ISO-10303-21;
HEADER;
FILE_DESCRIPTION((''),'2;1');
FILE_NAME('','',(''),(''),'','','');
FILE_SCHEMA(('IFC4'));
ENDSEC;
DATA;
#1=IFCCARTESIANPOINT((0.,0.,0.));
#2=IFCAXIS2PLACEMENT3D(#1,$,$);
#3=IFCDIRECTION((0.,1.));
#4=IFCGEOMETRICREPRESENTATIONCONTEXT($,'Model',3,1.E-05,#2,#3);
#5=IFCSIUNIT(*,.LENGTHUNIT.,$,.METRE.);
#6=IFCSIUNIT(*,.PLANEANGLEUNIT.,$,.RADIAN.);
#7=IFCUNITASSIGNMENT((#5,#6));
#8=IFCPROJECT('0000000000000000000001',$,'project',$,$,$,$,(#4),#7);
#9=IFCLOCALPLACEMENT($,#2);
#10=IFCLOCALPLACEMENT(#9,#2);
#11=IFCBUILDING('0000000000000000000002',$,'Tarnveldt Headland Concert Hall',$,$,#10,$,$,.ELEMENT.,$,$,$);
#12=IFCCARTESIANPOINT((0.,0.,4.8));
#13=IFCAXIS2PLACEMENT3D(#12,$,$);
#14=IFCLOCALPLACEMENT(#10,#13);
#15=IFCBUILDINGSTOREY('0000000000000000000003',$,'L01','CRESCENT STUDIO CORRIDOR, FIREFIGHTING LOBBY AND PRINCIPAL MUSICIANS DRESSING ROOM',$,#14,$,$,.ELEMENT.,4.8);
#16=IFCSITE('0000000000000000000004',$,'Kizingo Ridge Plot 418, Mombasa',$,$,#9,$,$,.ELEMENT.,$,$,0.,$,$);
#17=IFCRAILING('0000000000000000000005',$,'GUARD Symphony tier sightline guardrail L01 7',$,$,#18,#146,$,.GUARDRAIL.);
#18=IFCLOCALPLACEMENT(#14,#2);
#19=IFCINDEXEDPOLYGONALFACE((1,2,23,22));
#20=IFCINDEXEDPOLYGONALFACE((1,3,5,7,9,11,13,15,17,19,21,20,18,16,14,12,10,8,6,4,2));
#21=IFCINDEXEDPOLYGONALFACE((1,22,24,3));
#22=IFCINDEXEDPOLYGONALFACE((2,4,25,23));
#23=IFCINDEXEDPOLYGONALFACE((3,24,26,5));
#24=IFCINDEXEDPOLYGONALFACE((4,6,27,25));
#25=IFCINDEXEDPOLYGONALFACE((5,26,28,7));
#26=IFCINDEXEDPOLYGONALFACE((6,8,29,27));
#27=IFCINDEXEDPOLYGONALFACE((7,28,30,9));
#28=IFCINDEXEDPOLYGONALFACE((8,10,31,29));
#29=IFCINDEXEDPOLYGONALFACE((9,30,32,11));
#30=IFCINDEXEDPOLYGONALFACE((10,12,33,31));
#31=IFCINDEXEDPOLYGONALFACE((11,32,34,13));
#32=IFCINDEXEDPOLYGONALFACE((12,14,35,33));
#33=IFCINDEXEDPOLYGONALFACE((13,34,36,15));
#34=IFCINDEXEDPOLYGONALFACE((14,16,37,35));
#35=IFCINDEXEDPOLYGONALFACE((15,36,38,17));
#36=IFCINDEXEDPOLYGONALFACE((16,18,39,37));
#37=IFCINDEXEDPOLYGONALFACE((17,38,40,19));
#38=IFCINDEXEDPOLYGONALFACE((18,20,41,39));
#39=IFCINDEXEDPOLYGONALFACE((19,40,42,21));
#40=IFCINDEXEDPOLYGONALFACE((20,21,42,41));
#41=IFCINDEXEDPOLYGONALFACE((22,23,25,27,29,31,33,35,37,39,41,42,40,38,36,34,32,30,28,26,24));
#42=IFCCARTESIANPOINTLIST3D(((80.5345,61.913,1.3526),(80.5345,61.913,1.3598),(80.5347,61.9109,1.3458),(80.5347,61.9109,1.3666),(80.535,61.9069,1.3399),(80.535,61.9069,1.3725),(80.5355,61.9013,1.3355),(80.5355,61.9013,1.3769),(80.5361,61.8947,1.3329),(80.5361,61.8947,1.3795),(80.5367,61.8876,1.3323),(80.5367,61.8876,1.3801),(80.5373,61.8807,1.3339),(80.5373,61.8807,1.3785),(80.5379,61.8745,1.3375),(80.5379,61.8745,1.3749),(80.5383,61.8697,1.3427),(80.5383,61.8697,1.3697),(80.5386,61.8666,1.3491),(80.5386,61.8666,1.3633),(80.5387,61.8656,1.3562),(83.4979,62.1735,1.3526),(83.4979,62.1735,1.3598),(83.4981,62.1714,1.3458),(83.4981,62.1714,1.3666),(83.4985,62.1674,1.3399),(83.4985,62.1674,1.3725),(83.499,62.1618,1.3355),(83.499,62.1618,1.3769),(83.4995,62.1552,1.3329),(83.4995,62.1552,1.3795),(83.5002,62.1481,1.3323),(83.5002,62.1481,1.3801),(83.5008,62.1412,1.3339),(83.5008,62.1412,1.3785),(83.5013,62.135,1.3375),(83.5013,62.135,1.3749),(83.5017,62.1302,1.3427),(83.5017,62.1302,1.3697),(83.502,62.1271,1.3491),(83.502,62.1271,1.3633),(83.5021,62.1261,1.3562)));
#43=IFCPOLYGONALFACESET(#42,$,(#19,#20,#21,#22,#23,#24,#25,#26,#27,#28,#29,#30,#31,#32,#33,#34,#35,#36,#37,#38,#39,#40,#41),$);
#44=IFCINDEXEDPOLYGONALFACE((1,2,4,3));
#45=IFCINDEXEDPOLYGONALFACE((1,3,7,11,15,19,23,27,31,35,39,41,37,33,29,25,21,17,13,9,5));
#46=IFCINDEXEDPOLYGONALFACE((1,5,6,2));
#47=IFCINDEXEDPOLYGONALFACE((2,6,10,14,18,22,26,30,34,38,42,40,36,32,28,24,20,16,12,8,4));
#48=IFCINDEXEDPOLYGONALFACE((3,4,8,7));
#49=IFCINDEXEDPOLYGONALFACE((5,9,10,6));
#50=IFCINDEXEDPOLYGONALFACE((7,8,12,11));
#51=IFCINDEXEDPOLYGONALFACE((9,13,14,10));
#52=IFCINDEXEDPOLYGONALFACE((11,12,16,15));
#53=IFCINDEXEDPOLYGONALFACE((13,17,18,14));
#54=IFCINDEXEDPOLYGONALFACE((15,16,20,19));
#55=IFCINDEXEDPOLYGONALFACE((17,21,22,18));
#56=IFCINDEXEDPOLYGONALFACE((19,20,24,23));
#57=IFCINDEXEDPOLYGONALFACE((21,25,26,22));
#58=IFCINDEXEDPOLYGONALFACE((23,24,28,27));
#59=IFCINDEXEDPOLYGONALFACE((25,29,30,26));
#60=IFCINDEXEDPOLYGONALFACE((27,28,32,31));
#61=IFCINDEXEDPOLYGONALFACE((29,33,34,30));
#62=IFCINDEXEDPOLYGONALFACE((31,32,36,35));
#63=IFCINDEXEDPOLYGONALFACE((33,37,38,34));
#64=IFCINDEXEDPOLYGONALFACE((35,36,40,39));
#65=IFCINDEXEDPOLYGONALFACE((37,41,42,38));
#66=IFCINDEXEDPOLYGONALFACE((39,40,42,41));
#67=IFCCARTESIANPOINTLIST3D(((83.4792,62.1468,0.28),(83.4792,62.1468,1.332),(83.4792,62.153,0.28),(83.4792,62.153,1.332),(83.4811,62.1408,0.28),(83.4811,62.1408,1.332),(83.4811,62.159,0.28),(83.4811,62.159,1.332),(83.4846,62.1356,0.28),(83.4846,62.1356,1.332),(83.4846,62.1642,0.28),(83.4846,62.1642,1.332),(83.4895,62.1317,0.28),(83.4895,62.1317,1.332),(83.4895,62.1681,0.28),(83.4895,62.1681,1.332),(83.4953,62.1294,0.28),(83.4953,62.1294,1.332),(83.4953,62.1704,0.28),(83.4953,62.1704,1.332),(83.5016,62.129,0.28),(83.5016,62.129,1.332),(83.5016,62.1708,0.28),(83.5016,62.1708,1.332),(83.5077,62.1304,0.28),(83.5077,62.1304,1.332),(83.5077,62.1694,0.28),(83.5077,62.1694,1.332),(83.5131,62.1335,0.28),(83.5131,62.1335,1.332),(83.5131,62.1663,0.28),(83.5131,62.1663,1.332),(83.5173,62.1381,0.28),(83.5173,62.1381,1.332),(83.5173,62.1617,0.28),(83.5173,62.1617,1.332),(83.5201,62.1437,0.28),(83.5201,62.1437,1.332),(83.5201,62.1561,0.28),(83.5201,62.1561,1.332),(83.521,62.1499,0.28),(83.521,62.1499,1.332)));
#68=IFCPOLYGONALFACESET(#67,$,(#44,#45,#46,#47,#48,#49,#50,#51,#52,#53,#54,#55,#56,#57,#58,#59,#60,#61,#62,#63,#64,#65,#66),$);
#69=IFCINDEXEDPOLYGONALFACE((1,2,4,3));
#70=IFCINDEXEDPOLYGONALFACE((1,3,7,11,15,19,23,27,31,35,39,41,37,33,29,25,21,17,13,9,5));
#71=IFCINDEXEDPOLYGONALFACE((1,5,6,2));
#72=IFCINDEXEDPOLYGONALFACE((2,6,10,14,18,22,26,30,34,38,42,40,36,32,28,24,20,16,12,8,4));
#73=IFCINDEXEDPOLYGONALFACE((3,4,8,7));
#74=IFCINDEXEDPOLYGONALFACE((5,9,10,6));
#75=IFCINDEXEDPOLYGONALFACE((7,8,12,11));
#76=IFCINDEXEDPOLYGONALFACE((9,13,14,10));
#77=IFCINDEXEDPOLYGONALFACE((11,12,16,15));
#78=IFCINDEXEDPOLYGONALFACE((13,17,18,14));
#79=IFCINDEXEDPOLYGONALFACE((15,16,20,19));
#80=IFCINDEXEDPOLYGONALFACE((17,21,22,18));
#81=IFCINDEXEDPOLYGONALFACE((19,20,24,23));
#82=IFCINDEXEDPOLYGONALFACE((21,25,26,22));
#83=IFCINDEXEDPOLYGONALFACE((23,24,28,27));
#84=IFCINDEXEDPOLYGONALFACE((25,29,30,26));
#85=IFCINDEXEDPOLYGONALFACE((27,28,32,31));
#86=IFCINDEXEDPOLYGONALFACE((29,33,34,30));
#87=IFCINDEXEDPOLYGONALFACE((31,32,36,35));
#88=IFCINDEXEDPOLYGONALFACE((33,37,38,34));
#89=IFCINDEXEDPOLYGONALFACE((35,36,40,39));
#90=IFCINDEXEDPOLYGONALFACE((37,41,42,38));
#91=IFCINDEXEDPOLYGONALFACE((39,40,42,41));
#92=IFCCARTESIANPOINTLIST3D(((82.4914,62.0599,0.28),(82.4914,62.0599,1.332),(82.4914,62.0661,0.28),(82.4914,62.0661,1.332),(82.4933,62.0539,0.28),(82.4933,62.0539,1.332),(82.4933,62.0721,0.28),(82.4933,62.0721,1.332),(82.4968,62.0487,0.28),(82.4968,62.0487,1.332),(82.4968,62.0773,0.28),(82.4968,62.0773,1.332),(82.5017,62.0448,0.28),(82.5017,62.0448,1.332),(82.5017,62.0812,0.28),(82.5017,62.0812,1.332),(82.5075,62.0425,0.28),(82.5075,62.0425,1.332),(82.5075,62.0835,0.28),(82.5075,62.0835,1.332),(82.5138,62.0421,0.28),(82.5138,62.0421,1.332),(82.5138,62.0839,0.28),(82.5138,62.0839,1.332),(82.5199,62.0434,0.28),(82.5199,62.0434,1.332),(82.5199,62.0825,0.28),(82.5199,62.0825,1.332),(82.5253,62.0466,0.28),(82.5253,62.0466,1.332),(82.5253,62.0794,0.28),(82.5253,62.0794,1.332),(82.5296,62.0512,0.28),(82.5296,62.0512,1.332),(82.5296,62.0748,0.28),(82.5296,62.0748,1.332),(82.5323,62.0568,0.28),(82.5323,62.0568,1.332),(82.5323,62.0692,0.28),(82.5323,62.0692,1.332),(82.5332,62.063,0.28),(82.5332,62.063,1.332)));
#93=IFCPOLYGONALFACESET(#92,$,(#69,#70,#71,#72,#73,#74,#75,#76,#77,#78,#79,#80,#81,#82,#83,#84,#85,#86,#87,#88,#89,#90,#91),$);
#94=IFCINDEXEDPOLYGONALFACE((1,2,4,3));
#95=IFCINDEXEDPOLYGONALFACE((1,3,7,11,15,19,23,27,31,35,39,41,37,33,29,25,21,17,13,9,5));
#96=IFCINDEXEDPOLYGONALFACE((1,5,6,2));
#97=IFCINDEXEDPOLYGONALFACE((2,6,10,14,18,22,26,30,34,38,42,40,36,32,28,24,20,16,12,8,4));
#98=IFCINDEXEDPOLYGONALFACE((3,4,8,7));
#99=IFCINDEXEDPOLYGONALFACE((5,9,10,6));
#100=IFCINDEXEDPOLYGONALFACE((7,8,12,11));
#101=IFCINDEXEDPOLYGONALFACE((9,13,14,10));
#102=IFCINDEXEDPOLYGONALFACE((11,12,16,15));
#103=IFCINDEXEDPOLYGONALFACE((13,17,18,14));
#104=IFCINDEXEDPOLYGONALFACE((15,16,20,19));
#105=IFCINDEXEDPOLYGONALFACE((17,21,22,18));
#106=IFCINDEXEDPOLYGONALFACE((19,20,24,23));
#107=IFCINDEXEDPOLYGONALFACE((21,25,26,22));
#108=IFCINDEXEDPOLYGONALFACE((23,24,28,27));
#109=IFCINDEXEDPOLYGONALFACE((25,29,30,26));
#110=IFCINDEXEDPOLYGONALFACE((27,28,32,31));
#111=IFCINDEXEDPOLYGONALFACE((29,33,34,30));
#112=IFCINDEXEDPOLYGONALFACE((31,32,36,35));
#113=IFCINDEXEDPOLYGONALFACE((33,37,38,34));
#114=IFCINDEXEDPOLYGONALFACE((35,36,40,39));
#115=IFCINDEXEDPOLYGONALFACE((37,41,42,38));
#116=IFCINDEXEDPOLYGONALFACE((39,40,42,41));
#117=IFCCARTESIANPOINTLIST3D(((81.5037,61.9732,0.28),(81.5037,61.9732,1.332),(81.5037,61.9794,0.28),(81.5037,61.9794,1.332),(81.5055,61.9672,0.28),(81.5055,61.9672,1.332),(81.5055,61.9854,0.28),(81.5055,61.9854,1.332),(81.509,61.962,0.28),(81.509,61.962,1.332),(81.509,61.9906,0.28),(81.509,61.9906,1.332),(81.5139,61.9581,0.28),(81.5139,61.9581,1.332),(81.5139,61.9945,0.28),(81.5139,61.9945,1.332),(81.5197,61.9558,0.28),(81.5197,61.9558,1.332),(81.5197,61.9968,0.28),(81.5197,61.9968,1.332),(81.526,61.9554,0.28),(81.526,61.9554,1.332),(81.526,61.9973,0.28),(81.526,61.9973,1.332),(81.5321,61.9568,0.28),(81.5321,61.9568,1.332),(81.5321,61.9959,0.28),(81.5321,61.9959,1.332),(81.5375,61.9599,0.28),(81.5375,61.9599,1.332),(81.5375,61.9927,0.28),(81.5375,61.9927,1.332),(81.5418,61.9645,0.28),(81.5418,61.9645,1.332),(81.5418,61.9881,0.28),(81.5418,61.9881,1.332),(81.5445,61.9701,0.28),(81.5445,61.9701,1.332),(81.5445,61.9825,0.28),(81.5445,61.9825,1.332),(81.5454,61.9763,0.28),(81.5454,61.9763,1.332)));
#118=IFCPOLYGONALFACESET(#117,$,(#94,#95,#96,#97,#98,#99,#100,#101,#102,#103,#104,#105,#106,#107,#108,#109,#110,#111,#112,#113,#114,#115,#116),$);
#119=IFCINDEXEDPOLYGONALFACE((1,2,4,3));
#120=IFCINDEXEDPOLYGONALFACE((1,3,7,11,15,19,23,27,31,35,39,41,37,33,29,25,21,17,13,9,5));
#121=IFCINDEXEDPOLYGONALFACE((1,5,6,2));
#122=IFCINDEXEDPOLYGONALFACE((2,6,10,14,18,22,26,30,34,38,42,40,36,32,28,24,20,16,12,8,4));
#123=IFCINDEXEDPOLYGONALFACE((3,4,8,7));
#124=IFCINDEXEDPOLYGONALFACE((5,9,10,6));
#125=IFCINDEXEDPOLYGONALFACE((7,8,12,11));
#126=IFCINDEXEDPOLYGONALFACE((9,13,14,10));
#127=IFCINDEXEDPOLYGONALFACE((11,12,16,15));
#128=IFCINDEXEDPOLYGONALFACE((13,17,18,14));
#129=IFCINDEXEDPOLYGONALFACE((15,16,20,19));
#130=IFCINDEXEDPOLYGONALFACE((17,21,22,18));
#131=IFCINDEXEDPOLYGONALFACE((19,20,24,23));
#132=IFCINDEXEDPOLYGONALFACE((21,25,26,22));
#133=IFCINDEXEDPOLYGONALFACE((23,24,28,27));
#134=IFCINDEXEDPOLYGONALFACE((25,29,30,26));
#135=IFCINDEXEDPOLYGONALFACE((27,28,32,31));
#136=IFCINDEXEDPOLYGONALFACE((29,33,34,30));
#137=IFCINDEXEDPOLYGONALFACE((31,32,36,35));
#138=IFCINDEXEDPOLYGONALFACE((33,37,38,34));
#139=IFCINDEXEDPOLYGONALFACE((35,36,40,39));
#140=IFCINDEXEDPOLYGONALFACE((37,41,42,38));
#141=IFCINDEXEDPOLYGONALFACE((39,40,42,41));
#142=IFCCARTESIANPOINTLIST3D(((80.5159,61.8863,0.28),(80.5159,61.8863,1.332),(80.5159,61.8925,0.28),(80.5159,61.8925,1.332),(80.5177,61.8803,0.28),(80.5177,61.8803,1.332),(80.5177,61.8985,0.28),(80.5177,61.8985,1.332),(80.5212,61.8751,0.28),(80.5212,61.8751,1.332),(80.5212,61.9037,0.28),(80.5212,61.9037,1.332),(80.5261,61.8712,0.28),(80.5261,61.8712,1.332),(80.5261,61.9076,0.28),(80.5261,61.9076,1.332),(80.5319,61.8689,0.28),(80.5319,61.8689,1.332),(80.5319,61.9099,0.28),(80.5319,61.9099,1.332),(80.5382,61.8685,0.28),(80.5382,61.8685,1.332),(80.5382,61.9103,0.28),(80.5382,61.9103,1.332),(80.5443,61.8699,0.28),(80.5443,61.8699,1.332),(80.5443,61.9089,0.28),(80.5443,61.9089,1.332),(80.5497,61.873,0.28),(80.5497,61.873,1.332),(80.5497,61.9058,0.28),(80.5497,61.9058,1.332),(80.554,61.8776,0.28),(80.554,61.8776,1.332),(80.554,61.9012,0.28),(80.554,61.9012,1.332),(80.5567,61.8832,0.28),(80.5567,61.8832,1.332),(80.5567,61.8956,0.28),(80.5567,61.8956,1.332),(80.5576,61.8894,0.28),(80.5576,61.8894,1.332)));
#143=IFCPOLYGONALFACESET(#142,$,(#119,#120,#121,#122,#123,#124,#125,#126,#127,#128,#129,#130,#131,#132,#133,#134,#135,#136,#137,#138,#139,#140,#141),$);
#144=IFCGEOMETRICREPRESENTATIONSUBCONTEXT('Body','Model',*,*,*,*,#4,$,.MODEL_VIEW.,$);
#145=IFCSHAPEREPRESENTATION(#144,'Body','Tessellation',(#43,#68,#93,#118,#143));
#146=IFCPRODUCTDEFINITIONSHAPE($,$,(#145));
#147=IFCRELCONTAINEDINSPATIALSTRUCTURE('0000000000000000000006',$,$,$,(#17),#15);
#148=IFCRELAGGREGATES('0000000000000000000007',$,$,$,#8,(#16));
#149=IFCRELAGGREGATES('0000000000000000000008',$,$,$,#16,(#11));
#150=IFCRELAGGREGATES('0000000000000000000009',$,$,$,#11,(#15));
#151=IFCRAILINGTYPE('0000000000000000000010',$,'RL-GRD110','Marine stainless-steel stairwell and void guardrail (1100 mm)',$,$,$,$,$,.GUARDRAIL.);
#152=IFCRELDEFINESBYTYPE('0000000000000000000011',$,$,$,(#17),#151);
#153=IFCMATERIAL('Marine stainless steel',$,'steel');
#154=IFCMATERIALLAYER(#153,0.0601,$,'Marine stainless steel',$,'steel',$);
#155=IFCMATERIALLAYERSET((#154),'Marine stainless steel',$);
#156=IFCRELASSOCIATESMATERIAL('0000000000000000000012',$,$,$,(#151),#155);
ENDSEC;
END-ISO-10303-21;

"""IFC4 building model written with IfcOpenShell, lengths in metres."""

from ifc_helpers import new_model, si_unit, direction, frame, origin, origin_2d, place, context, subcontext, project, spatial, circle, extrude, material, layer, layer_set, type_object, element, save


model = new_model("IFC4")

# Units and contexts
model_context = context("Model", 3, precision=1e-05, world=origin(), true_north=direction((0.0, 1.0)))
body_context = subcontext(model_context, "Body", "Model", "MODEL_VIEW")
ifc_project = project(units=[si_unit("LENGTHUNIT", "METRE"), si_unit("PLANEANGLEUNIT", "RADIAN")], contexts=[model_context])

# Site, building, storey
site_placement = place(None, origin())
site = spatial("IfcSite", under=ifc_project, at=site_placement, Name="Kizingo Ridge Plot 418, Mombasa", CompositionType="ELEMENT", RefElevation=0.0)
building_placement = place(site_placement, origin())
building = spatial("IfcBuilding", under=site, at=building_placement, Name="Tarnveldt Headland Concert Hall", CompositionType="ELEMENT")
storey_placement = place(building_placement, frame((0.0, 0.0, 4.8)))
storey = spatial("IfcBuildingStorey", under=building, at=storey_placement, Name="L01", Description="CRESCENT STUDIO CORRIDOR, FIREFIGHTING LOBBY AND PRINCIPAL MUSICIANS DRESSING ROOM", CompositionType="ELEMENT", Elevation=4.8)

# Railing
ifc_material_1 = material(Name="Marine stainless steel", Category="steel")
ifc_layer_1 = layer(ifc_material_1, 0.0601, Name="Marine stainless steel", Category="steel")
ifc_layer_set_1 = layer_set([ifc_layer_1], Name="Marine stainless steel")
railing_type = type_object("IfcRailingType", Name="RL-GRD110", Description="Marine stainless-steel stairwell and void guardrail (1100 mm)", PredefinedType="GUARDRAIL", material=ifc_layer_set_1)
railing_1_placement = place(storey_placement, frame((83.5, 62.1499, 0.28)))
element("IfcRailing", 1, at=railing_1_placement, inside=storey, type_object=railing_type, Name="GUARD Symphony tier sightline guardrail L01 7", PredefinedType="GUARDRAIL", context=body_context, shape_type="SweptSolid", body=[
    extrude(circle(Radius=0.0239, at=origin_2d()), frame((0.0, 0.0, 1.0762), z_axis=(-0.996159, -0.087568, 0.0), x_axis=(0.087568, -0.996159, 0.0)), (0.0, 0.0, 1.0), 2.9749),
    extrude(circle(Radius=0.021, at=origin_2d()), origin(), (0.0, 0.0, 1.0), 1.052),
    extrude(circle(Radius=0.021, at=origin_2d()), frame((-0.9878, -0.0869, 0.0)), (0.0, 0.0, 1.0), 1.052),
    extrude(circle(Radius=0.021, at=origin_2d()), frame((-1.9756, -0.1736, 0.0)), (0.0, 0.0, 1.0), 1.052),
    extrude(circle(Radius=0.021, at=origin_2d()), frame((-2.9634, -0.2605, 0.0)), (0.0, 0.0, 1.0), 1.052),
])

save(model, "model.ifc")
